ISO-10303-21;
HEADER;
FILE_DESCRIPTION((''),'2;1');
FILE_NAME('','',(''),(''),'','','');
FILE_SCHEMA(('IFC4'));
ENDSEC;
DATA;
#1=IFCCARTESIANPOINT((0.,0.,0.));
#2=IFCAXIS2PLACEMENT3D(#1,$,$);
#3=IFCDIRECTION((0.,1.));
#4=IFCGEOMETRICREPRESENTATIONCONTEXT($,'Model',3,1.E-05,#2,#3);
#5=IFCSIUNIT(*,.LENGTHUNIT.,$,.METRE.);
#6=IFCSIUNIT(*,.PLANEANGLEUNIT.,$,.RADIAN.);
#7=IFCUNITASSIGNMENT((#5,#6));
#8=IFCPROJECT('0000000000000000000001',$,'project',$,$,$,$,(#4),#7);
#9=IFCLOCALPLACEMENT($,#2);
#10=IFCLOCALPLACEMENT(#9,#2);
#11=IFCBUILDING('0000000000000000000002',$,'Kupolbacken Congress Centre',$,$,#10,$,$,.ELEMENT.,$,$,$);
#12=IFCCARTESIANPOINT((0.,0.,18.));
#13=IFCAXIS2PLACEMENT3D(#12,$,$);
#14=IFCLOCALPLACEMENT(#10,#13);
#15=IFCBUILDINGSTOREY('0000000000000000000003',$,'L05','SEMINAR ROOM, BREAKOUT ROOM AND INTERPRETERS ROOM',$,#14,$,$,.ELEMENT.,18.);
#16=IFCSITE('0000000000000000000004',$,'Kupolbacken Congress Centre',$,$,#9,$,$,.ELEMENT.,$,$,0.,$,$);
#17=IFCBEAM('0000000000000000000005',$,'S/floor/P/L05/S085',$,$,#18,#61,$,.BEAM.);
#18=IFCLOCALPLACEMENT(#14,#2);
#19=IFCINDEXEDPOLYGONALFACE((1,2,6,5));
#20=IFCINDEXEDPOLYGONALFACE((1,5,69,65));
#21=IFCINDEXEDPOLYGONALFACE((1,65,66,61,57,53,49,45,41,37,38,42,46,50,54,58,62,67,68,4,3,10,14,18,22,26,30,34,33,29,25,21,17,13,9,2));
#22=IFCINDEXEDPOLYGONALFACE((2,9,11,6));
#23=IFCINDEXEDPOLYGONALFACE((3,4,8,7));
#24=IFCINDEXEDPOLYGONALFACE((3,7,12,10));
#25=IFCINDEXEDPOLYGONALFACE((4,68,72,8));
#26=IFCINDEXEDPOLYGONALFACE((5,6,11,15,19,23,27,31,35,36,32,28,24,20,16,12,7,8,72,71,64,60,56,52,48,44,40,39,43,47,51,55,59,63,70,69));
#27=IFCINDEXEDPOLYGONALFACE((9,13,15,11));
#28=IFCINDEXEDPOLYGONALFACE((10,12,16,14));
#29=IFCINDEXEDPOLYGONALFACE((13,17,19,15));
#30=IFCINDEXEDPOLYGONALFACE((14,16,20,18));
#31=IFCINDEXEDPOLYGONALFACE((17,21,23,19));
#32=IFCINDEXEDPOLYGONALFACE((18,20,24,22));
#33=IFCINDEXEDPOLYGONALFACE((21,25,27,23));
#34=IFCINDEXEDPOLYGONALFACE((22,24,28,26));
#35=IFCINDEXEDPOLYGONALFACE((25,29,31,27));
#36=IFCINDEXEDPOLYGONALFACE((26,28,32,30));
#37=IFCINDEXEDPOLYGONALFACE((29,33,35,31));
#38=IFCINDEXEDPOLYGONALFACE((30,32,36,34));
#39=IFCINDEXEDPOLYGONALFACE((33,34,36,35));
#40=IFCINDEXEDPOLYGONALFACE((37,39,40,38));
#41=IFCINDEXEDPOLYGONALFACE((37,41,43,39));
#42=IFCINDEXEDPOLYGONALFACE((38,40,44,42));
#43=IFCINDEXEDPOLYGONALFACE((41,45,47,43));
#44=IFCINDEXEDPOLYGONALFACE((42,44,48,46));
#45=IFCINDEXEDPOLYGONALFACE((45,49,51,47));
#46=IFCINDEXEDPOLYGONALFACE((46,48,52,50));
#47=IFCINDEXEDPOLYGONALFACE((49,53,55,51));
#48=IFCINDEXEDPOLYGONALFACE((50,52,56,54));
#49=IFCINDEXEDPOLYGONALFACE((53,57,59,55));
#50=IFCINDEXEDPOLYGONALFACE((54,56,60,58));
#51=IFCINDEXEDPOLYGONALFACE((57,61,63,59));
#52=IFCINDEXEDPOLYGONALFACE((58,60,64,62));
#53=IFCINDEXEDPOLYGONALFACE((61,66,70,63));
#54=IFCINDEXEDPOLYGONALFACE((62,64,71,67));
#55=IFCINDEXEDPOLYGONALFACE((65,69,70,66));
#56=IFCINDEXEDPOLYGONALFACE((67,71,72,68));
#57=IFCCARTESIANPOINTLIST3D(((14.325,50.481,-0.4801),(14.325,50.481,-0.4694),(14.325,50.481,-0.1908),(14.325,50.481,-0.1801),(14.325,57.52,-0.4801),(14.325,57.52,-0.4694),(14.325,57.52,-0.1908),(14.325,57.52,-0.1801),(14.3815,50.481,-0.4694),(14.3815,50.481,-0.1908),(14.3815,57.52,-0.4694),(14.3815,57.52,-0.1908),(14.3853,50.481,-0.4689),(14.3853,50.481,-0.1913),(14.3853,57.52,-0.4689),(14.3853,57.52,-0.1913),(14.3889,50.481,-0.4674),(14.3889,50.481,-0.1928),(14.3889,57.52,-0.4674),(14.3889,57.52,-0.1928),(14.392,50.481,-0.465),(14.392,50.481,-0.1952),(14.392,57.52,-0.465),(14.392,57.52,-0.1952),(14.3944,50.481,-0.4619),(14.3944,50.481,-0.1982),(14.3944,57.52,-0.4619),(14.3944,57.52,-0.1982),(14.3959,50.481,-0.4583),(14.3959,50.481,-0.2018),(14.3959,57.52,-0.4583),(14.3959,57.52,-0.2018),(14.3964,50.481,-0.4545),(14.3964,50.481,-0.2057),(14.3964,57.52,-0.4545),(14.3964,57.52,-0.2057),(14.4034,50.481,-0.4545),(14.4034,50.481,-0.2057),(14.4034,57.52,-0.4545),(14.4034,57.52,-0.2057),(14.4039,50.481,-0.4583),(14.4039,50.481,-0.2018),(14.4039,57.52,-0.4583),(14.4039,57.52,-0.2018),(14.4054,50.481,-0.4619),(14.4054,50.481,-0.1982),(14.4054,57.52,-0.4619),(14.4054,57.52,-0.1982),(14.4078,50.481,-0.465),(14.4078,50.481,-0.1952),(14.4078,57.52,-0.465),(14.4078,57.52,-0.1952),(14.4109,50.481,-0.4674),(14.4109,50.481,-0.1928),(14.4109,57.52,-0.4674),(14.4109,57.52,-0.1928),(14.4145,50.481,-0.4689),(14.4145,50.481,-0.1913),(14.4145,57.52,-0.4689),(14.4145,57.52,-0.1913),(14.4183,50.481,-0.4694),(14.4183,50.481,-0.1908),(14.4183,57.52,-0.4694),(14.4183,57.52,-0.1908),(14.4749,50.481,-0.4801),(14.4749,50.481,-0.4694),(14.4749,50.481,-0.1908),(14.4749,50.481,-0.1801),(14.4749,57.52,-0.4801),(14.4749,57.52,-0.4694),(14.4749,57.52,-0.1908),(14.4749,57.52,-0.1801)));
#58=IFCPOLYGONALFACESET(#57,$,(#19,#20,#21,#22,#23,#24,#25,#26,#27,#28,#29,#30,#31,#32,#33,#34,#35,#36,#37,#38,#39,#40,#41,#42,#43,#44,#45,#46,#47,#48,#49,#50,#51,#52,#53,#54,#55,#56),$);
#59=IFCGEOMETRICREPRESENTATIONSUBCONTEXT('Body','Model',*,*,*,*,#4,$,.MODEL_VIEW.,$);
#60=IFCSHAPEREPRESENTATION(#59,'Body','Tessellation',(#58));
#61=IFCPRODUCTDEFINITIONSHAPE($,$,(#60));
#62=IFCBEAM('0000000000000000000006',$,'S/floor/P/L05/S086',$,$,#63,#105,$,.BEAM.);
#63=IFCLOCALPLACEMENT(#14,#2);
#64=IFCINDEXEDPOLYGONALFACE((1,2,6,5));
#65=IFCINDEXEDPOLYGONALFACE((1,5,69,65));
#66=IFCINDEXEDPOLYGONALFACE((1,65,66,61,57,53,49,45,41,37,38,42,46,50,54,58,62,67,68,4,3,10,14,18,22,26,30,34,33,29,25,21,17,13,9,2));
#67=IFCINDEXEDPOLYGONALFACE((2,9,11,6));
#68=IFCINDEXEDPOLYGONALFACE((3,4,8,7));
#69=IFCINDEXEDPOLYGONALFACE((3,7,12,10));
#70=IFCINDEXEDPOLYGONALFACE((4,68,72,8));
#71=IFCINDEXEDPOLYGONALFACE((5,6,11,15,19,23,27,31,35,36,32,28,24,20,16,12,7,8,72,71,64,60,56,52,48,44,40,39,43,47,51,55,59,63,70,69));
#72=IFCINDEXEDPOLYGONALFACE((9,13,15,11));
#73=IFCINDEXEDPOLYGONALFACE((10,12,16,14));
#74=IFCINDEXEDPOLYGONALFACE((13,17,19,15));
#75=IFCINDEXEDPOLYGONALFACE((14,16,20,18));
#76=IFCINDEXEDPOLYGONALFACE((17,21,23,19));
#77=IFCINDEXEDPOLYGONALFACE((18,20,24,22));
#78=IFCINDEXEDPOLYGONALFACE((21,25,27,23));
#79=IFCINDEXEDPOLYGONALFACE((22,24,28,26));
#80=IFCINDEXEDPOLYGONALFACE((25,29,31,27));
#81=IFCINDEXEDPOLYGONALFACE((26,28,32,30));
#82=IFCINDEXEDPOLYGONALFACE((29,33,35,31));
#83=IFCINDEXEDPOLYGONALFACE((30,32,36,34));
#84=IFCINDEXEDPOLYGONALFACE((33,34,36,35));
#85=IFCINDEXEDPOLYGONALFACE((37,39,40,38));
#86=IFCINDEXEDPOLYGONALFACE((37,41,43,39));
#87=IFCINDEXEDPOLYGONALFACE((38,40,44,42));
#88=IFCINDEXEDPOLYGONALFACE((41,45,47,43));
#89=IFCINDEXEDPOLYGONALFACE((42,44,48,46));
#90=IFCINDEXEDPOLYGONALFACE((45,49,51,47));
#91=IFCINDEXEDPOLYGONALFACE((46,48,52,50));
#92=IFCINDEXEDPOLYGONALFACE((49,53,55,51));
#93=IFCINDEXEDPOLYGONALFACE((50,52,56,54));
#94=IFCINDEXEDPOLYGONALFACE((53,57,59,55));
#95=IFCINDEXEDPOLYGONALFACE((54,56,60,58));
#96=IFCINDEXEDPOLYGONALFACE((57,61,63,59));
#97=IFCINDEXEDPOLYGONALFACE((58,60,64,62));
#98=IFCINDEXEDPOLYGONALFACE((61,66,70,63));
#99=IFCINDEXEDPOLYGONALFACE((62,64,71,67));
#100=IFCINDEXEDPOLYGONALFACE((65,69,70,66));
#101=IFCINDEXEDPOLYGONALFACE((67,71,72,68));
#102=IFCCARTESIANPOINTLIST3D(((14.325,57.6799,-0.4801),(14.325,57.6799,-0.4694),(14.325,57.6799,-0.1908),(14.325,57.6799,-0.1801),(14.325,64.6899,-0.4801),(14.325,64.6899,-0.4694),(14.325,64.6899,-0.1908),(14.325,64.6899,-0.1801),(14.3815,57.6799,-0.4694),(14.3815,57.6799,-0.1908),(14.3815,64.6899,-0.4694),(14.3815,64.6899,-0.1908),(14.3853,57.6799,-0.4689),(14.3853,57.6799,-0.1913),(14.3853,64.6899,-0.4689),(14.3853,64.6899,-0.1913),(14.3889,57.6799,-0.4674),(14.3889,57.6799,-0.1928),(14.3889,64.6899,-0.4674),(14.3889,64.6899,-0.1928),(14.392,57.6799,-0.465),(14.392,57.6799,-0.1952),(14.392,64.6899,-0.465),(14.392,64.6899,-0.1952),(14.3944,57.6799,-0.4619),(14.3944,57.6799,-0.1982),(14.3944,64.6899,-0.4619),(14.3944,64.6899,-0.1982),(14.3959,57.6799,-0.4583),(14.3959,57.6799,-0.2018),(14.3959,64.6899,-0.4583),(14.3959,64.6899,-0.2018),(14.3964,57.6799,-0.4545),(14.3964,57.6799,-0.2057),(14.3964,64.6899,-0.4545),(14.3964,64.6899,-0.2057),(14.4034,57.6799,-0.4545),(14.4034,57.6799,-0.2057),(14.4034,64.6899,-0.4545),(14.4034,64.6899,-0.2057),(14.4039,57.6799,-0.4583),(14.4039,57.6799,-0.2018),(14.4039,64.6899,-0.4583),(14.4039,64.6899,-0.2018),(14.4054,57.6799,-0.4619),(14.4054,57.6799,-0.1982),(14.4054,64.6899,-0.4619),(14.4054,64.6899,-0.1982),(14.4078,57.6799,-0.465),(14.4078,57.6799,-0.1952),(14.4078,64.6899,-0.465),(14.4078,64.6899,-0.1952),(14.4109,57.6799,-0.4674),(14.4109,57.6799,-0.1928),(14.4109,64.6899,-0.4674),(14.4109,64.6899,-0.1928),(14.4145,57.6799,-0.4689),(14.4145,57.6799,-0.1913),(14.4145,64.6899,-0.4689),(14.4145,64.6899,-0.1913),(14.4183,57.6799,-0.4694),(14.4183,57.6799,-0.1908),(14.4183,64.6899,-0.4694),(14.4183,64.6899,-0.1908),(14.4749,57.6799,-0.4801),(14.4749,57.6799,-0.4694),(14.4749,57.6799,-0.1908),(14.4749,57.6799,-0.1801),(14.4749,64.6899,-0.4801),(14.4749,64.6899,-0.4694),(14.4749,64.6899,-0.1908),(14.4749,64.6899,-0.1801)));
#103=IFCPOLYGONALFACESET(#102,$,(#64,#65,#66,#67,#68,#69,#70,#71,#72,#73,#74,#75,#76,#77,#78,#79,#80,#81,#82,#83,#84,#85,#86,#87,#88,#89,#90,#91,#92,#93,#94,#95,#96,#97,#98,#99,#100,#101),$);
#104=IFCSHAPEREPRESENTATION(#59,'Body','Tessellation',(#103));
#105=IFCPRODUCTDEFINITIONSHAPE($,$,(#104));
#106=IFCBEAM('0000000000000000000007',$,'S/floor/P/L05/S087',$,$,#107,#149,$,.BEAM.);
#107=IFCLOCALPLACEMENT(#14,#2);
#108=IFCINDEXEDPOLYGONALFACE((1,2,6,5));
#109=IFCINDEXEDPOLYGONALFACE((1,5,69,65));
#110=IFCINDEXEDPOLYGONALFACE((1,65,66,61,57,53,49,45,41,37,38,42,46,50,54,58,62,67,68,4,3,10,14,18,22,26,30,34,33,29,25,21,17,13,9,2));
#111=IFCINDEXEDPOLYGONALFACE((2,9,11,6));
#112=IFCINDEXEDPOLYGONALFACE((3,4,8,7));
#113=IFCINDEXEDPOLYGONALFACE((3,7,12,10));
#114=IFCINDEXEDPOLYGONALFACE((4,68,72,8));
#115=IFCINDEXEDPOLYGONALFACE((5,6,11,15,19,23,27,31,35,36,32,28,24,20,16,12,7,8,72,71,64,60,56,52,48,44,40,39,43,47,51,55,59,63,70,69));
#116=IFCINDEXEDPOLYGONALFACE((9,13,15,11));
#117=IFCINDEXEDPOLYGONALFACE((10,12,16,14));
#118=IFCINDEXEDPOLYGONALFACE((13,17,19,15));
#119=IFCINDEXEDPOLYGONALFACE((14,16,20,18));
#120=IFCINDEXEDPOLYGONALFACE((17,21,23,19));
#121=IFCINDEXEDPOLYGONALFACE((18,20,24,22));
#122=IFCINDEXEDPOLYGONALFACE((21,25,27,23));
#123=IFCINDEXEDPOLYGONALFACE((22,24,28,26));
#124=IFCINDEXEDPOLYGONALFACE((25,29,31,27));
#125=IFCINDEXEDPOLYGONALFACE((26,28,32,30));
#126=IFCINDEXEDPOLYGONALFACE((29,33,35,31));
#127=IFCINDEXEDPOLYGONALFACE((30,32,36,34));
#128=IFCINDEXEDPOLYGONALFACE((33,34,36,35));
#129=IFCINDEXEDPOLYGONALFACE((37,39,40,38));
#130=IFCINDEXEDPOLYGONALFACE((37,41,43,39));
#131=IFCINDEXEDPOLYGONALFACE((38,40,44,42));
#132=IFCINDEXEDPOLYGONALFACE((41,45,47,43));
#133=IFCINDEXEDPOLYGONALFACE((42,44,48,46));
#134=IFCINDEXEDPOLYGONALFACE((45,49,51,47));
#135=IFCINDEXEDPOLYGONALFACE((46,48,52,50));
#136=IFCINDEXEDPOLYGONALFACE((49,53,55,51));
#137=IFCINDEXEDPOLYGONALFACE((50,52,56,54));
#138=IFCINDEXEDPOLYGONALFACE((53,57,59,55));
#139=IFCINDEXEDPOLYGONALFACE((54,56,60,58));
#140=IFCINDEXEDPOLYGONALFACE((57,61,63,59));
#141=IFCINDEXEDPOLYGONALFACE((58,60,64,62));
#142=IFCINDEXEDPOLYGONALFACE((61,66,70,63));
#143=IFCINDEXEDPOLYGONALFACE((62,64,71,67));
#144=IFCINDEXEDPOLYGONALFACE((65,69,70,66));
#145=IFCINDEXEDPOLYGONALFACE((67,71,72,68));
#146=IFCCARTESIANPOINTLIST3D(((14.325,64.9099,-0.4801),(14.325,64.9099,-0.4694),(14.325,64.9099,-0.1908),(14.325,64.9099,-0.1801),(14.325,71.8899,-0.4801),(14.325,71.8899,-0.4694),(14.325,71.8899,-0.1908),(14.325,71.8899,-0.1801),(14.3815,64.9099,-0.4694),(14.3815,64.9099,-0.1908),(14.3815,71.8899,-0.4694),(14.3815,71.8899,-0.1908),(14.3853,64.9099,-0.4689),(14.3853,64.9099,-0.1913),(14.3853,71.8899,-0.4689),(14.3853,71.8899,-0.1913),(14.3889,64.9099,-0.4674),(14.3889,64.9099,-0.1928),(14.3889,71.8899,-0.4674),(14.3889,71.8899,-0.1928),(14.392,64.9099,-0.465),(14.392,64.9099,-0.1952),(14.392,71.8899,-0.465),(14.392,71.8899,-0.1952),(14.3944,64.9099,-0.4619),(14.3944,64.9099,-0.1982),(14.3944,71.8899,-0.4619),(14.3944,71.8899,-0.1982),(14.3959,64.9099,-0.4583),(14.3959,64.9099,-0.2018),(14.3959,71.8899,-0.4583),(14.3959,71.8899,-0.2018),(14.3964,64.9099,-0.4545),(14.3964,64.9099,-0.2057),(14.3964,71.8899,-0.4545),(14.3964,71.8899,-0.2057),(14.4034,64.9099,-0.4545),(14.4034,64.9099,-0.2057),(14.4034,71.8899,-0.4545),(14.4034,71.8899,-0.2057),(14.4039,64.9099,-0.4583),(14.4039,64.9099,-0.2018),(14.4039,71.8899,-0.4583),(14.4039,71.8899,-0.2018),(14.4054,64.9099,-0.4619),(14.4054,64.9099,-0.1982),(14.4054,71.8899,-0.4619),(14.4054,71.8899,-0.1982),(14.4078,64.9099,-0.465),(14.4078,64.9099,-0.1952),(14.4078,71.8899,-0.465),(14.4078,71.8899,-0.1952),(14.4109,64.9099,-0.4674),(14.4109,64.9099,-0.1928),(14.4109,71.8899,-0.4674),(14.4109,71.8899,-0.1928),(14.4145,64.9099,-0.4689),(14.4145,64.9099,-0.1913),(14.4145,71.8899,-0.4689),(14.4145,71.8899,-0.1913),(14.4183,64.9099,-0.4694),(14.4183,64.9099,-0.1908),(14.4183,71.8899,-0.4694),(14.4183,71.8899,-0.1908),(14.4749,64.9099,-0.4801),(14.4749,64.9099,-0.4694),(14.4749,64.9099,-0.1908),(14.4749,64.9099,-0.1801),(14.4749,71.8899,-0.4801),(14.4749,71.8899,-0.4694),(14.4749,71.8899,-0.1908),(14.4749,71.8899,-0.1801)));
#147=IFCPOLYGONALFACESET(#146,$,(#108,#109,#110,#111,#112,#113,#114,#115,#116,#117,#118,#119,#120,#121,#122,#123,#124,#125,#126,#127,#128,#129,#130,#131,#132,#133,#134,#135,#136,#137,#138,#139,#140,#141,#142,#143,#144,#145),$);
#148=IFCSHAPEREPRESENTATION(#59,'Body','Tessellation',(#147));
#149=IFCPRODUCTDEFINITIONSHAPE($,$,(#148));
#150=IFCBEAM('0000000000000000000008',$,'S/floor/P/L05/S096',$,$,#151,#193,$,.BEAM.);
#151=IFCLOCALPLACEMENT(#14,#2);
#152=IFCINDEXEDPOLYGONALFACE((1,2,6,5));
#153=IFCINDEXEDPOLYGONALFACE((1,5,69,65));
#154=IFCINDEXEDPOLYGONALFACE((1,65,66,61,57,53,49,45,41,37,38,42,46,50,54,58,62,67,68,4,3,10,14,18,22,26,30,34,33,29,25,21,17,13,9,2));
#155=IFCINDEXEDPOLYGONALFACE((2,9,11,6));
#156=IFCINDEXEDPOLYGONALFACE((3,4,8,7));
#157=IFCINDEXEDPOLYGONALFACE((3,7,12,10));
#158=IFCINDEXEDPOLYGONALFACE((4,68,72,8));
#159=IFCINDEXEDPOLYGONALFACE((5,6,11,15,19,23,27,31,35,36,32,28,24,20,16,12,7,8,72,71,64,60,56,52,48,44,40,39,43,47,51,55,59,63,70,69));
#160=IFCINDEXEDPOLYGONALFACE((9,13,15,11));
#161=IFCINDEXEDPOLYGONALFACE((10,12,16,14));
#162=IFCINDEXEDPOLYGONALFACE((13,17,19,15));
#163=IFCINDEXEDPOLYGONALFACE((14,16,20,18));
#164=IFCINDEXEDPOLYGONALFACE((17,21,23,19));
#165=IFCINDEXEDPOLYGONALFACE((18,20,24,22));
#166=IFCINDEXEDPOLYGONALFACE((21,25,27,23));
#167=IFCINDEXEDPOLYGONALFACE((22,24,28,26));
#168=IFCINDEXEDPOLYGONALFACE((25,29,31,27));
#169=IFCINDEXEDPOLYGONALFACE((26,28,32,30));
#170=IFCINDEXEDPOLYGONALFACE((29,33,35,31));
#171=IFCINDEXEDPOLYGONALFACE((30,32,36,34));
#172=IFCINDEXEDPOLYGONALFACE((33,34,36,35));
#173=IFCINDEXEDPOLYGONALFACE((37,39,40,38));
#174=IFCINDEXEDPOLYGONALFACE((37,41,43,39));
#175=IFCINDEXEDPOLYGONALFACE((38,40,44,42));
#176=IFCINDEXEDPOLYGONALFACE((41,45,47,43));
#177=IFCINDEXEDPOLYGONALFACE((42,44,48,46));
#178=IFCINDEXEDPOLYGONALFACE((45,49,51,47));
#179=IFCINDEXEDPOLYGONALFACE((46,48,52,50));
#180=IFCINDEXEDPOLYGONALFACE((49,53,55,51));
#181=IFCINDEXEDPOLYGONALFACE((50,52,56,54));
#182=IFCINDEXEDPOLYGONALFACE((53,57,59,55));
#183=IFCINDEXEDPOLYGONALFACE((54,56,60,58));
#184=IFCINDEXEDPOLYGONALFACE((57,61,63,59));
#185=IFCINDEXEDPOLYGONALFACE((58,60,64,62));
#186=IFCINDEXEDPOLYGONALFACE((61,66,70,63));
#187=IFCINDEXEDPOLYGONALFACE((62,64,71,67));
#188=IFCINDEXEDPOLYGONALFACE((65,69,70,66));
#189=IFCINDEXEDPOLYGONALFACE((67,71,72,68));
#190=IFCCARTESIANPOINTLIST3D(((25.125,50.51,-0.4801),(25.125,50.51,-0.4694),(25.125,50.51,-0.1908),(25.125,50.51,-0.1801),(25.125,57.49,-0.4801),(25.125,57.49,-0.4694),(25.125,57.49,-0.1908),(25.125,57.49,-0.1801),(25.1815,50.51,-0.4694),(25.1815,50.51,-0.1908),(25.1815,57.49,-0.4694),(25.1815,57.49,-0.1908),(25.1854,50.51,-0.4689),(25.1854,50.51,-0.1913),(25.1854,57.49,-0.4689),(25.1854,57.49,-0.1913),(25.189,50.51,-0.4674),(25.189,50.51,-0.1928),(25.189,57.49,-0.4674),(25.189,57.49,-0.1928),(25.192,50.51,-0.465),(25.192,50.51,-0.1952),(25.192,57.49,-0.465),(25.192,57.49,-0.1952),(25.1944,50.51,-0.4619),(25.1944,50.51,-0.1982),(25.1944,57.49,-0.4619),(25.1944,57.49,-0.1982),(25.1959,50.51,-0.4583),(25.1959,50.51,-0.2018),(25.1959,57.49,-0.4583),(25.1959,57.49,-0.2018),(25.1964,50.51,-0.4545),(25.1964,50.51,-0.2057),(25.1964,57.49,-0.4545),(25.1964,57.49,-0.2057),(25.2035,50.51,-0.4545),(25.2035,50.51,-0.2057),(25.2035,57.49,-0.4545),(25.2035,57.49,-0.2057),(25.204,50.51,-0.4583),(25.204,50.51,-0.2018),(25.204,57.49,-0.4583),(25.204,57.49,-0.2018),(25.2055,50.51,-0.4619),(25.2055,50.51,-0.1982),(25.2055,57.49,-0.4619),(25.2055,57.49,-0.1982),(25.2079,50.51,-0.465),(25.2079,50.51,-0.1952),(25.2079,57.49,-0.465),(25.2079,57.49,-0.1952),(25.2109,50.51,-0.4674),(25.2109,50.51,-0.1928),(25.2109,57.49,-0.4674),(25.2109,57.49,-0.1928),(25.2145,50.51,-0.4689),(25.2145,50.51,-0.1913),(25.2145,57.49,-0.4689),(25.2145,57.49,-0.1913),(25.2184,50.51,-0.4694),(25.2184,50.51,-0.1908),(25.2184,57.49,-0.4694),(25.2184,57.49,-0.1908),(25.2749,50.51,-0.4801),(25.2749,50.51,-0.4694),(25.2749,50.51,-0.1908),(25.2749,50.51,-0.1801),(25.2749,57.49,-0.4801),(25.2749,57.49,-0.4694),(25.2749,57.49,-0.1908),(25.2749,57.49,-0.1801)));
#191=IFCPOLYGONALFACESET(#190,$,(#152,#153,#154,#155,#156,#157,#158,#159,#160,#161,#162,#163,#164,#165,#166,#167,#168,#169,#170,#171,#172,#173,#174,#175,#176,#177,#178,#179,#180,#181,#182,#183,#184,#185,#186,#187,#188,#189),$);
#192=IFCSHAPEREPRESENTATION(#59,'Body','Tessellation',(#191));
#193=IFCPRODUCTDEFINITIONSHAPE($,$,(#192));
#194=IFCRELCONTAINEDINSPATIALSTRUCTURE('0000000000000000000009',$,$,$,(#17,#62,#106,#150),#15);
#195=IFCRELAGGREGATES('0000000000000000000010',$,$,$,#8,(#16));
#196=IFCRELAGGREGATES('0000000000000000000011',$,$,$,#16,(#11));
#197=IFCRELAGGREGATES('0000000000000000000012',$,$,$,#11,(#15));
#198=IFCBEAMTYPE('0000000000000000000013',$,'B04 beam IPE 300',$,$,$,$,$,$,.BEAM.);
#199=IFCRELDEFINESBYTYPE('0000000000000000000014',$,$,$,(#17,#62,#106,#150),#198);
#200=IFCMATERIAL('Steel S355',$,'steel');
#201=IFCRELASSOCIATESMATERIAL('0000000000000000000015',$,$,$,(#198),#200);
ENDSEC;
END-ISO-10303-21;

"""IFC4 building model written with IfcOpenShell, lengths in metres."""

from ifc_helpers import new_model, si_unit, direction, frame, origin, origin_2d, place, context, subcontext, project, spatial, i_section, extrude, material, material_profile, profile_set, type_object, element, save


model = new_model("IFC4")

# Units and contexts
model_context = context("Model", 3, precision=1e-05, world=origin(), true_north=direction((0.0, 1.0)))
body_context = subcontext(model_context, "Body", "Model", "MODEL_VIEW")
ifc_project = project(units=[si_unit("LENGTHUNIT", "METRE"), si_unit("PLANEANGLEUNIT", "RADIAN")], contexts=[model_context])

# Site, building, storey
site_placement = place(None, origin())
site = spatial("IfcSite", under=ifc_project, at=site_placement, Name="Kupolbacken Congress Centre", CompositionType="ELEMENT", RefElevation=0.0)
building_placement = place(site_placement, origin())
building = spatial("IfcBuilding", under=site, at=building_placement, Name="Kupolbacken Congress Centre", CompositionType="ELEMENT")
storey_placement = place(building_placement, frame((0.0, 0.0, 18.0)))
storey = spatial("IfcBuildingStorey", under=building, at=storey_placement, Name="L05", Description="SEMINAR ROOM, BREAKOUT ROOM AND INTERPRETERS ROOM", CompositionType="ELEMENT", Elevation=18.0)

# Beams
ifc_material_1 = material(Name="Steel S355", Category="steel")
ifc_material_profile_1 = material_profile(ifc_material_1, i_section(OverallWidth=0.1499, OverallDepth=0.3, WebThickness=0.0071, FlangeThickness=0.0107, FilletRadius=0.0149, at=origin_2d()), Name="IPE 300")
ifc_profile_set_1 = profile_set([ifc_material_profile_1], Name="Steel S355")
beam_type_1 = type_object("IfcBeamType", Name="B04 beam IPE 300", PredefinedType="BEAM", material=ifc_profile_set_1)
beam_1_placement = place(storey_placement, frame((14.3999, 50.481, -0.3301), z_axis=(0.0, 1.0, 0.0), x_axis=(-1.0, 0.0, 0.0)))
element("IfcBeam", 1, at=beam_1_placement, inside=storey, type_object=beam_type_1, Name="S/floor/P/L05/S085", PredefinedType="BEAM", context=body_context, shape_type="SweptSolid", body=[
    extrude(i_section(OverallWidth=0.1499, OverallDepth=0.3, WebThickness=0.0071, FlangeThickness=0.0107, FilletRadius=0.0149, at=origin_2d()), origin(), (0.0, 0.0, 1.0), 7.0391),
])
beam_2_placement = place(storey_placement, frame((14.3999, 57.6799, -0.3301), z_axis=(0.0, 1.0, 0.0), x_axis=(-1.0, 0.0, 0.0)))
element("IfcBeam", 2, at=beam_2_placement, inside=storey, type_object=beam_type_1, Name="S/floor/P/L05/S086", PredefinedType="BEAM", context=body_context, shape_type="SweptSolid", body=[
    extrude(i_section(OverallWidth=0.1499, OverallDepth=0.3, WebThickness=0.0071, FlangeThickness=0.0107, FilletRadius=0.0149, at=origin_2d()), origin(), (0.0, 0.0, 1.0), 7.01),
])
for number, where, z_axis, x_axis, name in (
    (3, (14.3999, 64.9099, -0.3301), (0.0, 1.0, 0.0), (-1.0, 0.0, 0.0), "S/floor/P/L05/S087"),
    (4, (25.2, 50.51, -0.3301), (0.0, 1.0, 0.0), (-1.0, 0.0, 0.0), "S/floor/P/L05/S096"),
):
    element("IfcBeam", number, at=place(storey_placement, frame(where, z_axis=z_axis, x_axis=x_axis)), inside=storey, type_object=beam_type_1, Name=name, PredefinedType="BEAM", context=body_context, shape_type="SweptSolid", body=[
        extrude(i_section(OverallWidth=0.1499, OverallDepth=0.3, WebThickness=0.0071, FlangeThickness=0.0107, FilletRadius=0.0149, at=origin_2d()), origin(), (0.0, 0.0, 1.0), 6.98),
    ])

save(model, "model.ifc")
